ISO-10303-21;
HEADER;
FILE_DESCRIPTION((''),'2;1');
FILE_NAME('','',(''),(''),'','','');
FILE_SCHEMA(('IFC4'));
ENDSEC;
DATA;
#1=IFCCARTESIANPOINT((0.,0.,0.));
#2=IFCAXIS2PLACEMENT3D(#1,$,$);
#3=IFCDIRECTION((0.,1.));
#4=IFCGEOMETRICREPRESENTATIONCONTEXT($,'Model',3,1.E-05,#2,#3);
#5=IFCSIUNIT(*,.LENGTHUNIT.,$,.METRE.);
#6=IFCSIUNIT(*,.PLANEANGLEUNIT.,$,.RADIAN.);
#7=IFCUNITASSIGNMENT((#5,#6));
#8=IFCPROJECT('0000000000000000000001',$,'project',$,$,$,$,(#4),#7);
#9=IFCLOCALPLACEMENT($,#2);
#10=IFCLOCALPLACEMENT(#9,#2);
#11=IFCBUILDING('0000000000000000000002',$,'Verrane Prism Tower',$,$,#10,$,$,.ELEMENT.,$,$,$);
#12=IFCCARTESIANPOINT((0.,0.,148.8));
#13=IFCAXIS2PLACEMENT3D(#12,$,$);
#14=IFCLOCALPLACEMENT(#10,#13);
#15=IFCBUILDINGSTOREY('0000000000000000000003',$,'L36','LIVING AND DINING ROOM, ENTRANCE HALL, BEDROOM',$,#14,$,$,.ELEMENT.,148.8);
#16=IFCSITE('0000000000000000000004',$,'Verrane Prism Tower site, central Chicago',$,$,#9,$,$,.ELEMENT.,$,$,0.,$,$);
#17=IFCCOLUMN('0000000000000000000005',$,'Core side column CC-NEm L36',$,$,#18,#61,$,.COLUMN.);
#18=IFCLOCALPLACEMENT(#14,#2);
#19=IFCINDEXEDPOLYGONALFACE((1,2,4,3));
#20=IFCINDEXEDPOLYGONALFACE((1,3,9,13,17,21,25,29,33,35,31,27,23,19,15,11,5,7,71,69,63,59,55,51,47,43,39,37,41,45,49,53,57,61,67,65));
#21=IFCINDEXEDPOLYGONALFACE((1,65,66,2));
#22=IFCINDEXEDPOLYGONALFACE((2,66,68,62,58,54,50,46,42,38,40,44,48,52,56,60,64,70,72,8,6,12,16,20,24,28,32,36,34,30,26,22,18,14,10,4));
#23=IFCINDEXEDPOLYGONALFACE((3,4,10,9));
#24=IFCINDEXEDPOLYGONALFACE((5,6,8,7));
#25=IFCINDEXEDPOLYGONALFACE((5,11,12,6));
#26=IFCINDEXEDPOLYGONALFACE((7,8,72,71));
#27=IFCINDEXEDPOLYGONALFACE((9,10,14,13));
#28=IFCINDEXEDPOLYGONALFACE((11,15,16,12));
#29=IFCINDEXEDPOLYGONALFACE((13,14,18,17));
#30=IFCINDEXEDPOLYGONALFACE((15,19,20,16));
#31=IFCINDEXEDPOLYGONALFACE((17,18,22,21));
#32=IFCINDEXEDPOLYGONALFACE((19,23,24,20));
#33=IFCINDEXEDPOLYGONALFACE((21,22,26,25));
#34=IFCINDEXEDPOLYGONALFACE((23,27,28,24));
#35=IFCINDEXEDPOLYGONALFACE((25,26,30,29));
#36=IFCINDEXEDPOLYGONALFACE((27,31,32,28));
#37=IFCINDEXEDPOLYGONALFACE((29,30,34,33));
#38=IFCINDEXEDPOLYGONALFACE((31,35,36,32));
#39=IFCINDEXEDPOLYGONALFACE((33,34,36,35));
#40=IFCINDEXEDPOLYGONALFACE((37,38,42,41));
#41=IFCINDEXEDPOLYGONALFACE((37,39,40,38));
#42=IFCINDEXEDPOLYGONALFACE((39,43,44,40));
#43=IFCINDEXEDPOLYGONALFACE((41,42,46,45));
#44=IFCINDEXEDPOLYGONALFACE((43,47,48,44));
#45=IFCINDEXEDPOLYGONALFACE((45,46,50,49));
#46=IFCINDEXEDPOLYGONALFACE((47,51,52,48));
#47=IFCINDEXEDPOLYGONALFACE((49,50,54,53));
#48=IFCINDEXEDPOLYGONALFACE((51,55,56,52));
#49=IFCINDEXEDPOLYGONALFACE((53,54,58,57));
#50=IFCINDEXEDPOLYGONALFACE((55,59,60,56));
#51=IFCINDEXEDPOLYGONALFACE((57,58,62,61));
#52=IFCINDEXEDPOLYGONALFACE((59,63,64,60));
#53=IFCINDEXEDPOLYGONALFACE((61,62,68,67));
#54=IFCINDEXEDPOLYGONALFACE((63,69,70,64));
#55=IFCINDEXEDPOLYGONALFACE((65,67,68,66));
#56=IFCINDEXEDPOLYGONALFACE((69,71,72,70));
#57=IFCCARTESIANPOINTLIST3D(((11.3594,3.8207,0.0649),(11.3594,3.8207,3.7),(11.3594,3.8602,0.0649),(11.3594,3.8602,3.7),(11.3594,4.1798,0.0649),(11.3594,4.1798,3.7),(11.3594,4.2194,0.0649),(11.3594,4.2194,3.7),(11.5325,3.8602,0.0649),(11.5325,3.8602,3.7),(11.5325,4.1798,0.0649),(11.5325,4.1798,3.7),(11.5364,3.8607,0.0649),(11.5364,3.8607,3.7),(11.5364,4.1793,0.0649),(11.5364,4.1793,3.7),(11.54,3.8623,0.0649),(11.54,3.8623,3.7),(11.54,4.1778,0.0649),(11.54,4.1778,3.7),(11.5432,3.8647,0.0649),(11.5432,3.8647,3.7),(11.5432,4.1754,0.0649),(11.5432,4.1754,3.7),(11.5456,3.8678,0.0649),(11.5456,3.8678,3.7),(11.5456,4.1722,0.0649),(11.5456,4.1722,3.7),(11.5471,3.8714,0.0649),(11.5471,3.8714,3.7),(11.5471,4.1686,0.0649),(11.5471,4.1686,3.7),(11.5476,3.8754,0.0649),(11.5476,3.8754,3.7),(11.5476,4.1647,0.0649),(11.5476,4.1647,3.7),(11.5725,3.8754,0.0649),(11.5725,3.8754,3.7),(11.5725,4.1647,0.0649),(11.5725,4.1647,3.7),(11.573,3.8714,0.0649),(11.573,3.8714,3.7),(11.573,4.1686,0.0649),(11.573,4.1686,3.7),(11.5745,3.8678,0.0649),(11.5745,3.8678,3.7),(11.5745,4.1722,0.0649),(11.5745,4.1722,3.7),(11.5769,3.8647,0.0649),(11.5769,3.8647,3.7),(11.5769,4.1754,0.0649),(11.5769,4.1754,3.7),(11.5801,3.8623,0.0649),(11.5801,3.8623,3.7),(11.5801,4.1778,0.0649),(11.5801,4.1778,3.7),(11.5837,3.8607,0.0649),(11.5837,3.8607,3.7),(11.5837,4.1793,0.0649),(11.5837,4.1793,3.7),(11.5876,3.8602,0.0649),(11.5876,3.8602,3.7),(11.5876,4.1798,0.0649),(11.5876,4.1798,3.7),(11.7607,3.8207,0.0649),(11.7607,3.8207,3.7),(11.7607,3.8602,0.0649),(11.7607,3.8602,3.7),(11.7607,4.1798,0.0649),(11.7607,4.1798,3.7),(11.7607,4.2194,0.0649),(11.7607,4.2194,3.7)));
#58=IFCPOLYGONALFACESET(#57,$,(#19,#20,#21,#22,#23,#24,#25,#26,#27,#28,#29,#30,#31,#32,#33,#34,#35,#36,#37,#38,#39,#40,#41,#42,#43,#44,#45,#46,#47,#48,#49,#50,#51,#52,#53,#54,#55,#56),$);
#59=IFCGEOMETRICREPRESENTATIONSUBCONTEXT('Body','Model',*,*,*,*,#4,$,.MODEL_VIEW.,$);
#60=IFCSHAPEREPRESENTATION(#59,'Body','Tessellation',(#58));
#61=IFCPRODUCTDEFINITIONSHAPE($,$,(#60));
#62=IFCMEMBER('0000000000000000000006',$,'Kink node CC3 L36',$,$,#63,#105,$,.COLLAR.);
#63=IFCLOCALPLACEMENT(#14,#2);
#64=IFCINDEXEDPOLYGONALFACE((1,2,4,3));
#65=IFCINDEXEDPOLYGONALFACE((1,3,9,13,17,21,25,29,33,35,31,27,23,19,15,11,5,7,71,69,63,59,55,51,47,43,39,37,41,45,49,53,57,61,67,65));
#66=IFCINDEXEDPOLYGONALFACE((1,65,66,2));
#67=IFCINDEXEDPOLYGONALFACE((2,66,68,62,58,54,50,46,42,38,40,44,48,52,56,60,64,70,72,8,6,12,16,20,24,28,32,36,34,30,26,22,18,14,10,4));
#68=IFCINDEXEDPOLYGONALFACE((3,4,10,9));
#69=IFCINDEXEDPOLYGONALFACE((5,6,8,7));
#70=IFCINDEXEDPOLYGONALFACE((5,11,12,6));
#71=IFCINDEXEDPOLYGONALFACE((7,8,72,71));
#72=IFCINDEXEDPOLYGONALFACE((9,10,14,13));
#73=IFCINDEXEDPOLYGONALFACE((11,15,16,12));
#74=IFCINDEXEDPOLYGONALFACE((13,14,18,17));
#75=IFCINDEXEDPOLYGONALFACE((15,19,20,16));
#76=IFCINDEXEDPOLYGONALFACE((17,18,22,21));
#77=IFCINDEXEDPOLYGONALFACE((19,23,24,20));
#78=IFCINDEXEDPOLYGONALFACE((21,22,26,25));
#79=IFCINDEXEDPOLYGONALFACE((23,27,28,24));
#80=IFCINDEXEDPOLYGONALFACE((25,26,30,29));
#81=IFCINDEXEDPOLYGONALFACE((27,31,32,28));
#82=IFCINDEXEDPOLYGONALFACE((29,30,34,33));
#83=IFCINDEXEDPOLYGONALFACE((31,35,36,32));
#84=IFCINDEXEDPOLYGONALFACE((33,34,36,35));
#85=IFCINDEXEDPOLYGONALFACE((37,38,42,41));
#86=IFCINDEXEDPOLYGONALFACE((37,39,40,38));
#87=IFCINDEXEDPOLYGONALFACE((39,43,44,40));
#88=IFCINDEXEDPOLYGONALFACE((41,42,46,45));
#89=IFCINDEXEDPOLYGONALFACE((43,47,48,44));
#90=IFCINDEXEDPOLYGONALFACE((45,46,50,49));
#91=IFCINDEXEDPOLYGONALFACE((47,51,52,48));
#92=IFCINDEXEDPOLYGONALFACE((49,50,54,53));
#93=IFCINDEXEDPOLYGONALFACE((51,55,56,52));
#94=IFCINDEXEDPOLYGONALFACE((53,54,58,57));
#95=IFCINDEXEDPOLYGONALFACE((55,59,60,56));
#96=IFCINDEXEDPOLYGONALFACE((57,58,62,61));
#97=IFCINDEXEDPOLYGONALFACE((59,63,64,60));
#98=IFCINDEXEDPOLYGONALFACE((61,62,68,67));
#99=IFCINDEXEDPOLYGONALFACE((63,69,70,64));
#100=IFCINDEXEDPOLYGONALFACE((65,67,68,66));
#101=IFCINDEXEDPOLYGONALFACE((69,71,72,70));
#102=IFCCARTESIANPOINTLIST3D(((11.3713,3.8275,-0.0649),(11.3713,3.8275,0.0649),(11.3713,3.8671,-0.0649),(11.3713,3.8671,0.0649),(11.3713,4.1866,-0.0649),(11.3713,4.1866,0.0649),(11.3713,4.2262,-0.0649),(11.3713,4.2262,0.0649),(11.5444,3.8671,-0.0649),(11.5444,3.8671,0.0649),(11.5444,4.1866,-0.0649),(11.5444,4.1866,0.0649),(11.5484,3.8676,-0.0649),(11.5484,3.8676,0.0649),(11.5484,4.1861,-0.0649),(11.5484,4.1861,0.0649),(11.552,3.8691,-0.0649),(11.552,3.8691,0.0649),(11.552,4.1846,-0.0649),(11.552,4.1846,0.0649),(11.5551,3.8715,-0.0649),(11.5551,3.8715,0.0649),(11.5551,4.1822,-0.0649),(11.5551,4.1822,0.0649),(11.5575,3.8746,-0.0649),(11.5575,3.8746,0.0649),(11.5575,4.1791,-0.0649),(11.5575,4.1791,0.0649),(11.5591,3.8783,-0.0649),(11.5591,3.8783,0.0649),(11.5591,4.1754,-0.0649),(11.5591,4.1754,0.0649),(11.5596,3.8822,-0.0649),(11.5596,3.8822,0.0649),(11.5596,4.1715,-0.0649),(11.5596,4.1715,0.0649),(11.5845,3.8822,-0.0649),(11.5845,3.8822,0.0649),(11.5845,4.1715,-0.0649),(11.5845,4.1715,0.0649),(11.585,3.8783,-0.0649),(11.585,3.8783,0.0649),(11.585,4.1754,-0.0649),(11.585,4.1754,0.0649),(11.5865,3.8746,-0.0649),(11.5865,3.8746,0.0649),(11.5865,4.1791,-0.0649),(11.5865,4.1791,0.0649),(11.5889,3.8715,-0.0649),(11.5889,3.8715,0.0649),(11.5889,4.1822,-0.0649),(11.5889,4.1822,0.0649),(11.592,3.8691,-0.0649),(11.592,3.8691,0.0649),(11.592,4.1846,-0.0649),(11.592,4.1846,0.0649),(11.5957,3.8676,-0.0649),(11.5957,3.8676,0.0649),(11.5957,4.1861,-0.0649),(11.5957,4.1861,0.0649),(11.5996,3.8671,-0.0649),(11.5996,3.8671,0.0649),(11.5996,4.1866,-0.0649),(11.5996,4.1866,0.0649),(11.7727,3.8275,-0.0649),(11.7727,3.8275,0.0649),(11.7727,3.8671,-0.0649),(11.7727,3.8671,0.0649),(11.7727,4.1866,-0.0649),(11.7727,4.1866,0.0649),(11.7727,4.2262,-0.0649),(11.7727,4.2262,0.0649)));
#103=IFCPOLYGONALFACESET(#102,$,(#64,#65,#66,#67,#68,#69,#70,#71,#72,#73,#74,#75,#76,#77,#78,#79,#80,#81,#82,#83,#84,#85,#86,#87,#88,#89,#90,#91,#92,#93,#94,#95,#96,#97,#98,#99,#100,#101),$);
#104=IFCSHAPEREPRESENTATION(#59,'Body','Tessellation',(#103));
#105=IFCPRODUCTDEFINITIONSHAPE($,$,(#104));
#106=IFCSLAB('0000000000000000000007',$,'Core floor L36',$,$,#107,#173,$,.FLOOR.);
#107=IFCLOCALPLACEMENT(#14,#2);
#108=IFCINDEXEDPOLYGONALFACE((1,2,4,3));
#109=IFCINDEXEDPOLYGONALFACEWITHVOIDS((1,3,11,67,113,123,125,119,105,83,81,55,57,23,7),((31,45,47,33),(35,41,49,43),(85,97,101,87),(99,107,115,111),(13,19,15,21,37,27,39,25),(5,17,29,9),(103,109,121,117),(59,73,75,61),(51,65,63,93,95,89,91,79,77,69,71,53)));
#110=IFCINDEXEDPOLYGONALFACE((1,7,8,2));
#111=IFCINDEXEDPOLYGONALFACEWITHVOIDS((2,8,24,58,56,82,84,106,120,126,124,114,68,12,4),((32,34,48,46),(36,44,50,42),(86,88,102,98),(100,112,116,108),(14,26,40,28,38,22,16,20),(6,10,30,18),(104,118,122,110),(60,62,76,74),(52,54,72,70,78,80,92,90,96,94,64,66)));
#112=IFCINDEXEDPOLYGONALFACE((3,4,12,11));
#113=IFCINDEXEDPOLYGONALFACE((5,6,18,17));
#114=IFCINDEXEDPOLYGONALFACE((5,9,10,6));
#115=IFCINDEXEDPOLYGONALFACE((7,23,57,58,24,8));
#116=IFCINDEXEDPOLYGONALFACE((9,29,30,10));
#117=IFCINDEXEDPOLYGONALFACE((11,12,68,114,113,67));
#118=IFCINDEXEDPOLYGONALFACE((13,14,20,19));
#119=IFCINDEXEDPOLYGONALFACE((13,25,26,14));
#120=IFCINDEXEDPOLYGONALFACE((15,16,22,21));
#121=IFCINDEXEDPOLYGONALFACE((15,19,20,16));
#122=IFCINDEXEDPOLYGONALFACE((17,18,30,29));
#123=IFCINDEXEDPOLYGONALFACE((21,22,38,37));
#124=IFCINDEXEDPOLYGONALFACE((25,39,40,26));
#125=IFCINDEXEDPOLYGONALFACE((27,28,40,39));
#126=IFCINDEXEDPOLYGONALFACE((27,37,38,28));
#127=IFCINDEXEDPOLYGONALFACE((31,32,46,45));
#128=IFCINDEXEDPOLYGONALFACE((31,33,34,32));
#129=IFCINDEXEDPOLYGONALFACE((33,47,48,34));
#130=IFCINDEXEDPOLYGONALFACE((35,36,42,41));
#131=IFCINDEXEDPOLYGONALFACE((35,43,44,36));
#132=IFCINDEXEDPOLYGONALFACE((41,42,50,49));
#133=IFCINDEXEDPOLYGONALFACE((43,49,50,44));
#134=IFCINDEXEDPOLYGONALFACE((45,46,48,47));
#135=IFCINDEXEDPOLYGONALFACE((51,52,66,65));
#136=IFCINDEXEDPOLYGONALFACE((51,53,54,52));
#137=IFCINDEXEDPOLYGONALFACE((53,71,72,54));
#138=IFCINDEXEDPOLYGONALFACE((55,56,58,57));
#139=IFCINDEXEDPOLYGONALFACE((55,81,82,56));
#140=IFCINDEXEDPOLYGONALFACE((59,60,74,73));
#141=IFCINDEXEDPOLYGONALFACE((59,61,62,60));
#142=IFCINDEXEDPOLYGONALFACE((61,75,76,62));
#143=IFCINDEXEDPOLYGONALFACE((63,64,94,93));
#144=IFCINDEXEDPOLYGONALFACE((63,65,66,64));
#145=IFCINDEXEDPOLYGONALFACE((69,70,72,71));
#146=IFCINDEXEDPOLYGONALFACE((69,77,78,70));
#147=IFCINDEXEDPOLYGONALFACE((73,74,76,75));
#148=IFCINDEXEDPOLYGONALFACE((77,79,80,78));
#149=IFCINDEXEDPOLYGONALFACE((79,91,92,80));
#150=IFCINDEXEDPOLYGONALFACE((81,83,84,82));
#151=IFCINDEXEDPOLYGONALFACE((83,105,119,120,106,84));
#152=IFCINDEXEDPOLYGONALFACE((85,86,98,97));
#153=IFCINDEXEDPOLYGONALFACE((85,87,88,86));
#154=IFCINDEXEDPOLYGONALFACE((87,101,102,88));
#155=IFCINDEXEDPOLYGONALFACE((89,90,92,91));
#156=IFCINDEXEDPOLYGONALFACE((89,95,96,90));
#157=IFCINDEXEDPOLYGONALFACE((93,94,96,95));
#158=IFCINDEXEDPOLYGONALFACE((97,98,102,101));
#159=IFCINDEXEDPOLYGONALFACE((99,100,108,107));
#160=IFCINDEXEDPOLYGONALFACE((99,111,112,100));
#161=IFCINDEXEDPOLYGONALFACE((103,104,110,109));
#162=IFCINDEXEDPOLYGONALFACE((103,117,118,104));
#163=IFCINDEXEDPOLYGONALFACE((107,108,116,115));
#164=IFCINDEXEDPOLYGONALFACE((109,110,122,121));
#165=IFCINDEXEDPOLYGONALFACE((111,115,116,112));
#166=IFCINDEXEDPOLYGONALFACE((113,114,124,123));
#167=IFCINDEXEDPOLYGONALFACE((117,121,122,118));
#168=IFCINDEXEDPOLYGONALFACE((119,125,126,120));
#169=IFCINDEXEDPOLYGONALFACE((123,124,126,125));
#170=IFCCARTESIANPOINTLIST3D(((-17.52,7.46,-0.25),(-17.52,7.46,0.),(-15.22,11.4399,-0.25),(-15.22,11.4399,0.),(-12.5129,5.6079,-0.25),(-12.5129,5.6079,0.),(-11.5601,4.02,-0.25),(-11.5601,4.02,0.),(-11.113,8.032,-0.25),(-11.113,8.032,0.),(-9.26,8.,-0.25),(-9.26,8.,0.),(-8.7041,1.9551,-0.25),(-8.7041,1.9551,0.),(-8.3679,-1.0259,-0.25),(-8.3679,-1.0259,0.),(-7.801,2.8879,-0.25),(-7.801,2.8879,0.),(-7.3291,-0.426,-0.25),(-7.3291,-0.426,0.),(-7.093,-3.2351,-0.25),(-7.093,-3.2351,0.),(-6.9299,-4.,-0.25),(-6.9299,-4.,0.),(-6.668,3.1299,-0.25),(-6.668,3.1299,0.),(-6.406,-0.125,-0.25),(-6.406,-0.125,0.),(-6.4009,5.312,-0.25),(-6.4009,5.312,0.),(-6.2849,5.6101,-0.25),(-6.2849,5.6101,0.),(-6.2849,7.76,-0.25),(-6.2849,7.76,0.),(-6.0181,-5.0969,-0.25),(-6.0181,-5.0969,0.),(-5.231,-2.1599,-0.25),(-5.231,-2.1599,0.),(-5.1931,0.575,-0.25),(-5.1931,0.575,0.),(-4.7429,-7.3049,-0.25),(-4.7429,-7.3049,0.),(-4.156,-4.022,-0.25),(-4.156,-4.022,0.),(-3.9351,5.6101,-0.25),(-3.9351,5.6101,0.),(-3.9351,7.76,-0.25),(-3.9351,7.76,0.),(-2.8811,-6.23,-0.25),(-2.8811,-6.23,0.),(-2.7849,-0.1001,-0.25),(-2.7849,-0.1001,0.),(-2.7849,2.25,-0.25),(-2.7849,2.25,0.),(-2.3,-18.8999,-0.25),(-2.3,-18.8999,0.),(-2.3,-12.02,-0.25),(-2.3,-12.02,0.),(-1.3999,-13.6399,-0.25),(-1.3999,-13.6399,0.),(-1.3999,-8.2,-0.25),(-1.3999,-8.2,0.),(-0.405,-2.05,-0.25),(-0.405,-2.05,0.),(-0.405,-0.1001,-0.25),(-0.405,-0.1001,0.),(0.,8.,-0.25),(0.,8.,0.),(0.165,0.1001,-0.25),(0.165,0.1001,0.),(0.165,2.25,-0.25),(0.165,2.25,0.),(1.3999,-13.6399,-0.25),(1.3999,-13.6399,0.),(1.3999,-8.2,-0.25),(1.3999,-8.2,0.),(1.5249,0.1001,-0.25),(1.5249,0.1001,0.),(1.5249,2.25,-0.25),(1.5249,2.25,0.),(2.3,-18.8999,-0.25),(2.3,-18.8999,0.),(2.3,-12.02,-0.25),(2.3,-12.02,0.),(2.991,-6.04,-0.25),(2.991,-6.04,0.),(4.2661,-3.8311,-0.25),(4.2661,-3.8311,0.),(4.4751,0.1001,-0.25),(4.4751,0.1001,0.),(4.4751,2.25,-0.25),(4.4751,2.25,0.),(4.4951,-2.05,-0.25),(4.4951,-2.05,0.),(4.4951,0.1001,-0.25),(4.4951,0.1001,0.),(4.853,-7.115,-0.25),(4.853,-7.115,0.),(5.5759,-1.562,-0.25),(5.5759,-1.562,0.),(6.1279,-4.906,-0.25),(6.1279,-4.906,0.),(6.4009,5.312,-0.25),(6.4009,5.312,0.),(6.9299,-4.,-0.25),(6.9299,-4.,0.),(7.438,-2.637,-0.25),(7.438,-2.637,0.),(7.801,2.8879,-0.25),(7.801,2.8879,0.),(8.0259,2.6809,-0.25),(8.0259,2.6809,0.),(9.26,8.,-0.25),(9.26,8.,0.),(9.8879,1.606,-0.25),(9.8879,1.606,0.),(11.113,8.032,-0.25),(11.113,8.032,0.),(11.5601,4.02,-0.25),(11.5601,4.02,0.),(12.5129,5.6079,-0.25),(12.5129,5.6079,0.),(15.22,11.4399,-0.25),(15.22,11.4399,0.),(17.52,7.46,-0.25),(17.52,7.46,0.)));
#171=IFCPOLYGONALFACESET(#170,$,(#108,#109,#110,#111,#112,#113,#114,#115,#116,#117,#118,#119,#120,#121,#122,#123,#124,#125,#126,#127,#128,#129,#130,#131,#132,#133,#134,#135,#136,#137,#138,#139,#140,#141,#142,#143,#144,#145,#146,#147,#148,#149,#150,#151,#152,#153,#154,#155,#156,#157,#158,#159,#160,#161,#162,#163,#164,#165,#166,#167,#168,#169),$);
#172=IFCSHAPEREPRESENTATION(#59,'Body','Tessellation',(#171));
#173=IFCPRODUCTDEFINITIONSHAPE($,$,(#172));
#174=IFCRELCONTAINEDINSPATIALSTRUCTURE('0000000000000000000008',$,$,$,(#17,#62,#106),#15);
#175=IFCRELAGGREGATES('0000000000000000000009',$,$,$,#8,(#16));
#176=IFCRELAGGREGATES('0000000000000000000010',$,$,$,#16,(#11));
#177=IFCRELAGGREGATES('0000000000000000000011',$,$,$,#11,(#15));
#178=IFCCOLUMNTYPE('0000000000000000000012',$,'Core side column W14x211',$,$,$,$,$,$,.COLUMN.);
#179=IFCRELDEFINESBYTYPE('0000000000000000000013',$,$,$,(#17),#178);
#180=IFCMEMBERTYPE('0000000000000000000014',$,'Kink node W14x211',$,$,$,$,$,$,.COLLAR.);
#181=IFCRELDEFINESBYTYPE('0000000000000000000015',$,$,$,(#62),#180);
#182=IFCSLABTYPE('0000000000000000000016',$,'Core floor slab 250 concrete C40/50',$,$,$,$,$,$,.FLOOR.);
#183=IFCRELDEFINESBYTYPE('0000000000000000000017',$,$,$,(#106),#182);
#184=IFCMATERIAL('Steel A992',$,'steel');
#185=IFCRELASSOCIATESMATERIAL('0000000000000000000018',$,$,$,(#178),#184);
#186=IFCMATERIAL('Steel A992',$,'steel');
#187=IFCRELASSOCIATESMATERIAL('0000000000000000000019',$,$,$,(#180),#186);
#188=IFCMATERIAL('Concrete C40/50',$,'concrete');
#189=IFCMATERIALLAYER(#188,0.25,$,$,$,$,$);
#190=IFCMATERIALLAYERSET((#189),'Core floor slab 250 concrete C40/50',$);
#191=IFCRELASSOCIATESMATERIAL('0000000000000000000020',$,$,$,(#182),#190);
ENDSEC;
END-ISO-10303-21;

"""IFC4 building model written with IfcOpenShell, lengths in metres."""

from ifc_helpers import new_model, si_unit, direction, frame, origin, origin_2d, place, context, subcontext, project, spatial, polyline, i_section, outline, extrude, material, layer, layer_set, material_profile, profile_set, type_object, element, save


model = new_model("IFC4")

# Units and contexts
model_context = context("Model", 3, precision=1e-05, world=origin(), true_north=direction((0.0, 1.0)))
body_context = subcontext(model_context, "Body", "Model", "MODEL_VIEW")
ifc_project = project(units=[si_unit("LENGTHUNIT", "METRE"), si_unit("PLANEANGLEUNIT", "RADIAN")], contexts=[model_context])

# Site, building, storey
site_placement = place(None, origin())
site = spatial("IfcSite", under=ifc_project, at=site_placement, Name="Verrane Prism Tower site, central Chicago", CompositionType="ELEMENT", RefElevation=0.0)
building_placement = place(site_placement, origin())
building = spatial("IfcBuilding", under=site, at=building_placement, Name="Verrane Prism Tower", CompositionType="ELEMENT")
storey_placement = place(building_placement, frame((0.0, 0.0, 148.8)))
storey = spatial("IfcBuildingStorey", under=building, at=storey_placement, Name="L36", Description="LIVING AND DINING ROOM, ENTRANCE HALL, BEDROOM", CompositionType="ELEMENT", Elevation=148.8)

# Column
ifc_material_1 = material(Name="Steel A992", Category="steel")
ifc_material_profile_1 = material_profile(ifc_material_1, i_section(OverallWidth=0.4014, OverallDepth=0.3987, WebThickness=0.0249, FlangeThickness=0.0396, FilletRadius=0.0151, at=origin_2d()), Name="W14x211")
ifc_profile_set_1 = profile_set([ifc_material_profile_1], Name="Steel A992")
column_type = type_object("IfcColumnType", Name="Core side column W14x211", PredefinedType="COLUMN", material=ifc_profile_set_1)
column_placement = place(storey_placement, frame((11.5601, 4.02, 0.0649), z_axis=(0.0, 0.0, 1.0), x_axis=(1.0, 0.0, 0.0)))
element("IfcColumn", 1, at=column_placement, inside=storey, type_object=column_type, Name="Core side column CC-NEm L36", PredefinedType="COLUMN", context=body_context, shape_type="SweptSolid", body=[
    extrude(i_section(OverallWidth=0.4014, OverallDepth=0.3987, WebThickness=0.0249, FlangeThickness=0.0396, FilletRadius=0.0151, at=origin_2d()), origin(), (0.0, 0.0, 1.0), 3.635),
])

# Member
ifc_material_2 = material(Name="Steel A992", Category="steel")
ifc_material_profile_2 = material_profile(ifc_material_2, i_section(OverallWidth=0.4014, OverallDepth=0.3987, WebThickness=0.0249, FlangeThickness=0.0396, FilletRadius=0.0151, at=origin_2d()), Name="W14x211")
ifc_profile_set_2 = profile_set([ifc_material_profile_2], Name="Steel A992")
member_type = type_object("IfcMemberType", Name="Kink node W14x211", PredefinedType="COLLAR", material=ifc_profile_set_2)
member_placement = place(storey_placement, frame((11.572, 4.0269, -0.0649), z_axis=(0.0, 0.0, 1.0), x_axis=(1.0, 0.0, 0.0)))
element("IfcMember", 2, at=member_placement, inside=storey, type_object=member_type, Name="Kink node CC3 L36", PredefinedType="COLLAR", context=body_context, shape_type="SweptSolid", body=[
    extrude(i_section(OverallWidth=0.4014, OverallDepth=0.3987, WebThickness=0.0249, FlangeThickness=0.0396, FilletRadius=0.0151, at=origin_2d()), origin(), (0.0, 0.0, 1.0), 0.1299),
])

# Slab
ifc_material_3 = material(Name="Concrete C40/50", Category="concrete")
ifc_layer_1 = layer(ifc_material_3, 0.25)
ifc_layer_set_1 = layer_set([ifc_layer_1], Name="Core floor slab 250 concrete C40/50")
slab_type_1 = type_object("IfcSlabType", Name="Core floor slab 250 concrete C40/50", PredefinedType="FLOOR", material=ifc_layer_set_1)
slab_1_placement = place(storey_placement, frame((0.0, 0.0, -0.25)))
element("IfcSlab", 3, at=slab_1_placement, inside=storey, type_object=slab_type_1, Name="Core floor L36", PredefinedType="FLOOR", context=body_context, shape_type="SweptSolid", body=[
    extrude(outline(polyline([(11.5601, 4.02), (17.52, 7.46), (15.22, 11.4399), (9.26, 8.0), (0.0, 8.0), (-9.26, 8.0), (-15.22, 11.4399), (-17.52, 7.46), (-11.5601, 4.02), (-6.9299, -4.0), (-2.3, -12.02), (-2.3, -18.8999), (2.3, -18.8999), (2.3, -12.02), (6.9299, -4.0), (11.5601, 4.02)]), holes=[polyline([(-2.8811, -6.23), (-4.7429, -7.3049), (-6.0181, -5.0969), (-4.156, -4.022), (-2.8811, -6.23)]), polyline([(-7.801, 2.8879), (-12.5129, 5.6079), (-11.113, 8.032), (-6.4009, 5.312), (-7.801, 2.8879)]), polyline([(-6.2849, 5.6101), (-6.2849, 7.76), (-3.9351, 7.76), (-3.9351, 5.6101), (-6.2849, 5.6101)]), polyline([(-1.3999, -8.2), (1.3999, -8.2), (1.3999, -13.6399), (-1.3999, -13.6399), (-1.3999, -8.2)]), polyline([(4.2661, -3.8311), (6.1279, -4.906), (4.853, -7.115), (2.991, -6.04), (4.2661, -3.8311)]), polyline([(9.8879, 1.606), (7.438, -2.637), (5.5759, -1.562), (8.0259, 2.6809), (9.8879, 1.606)]), polyline([(0.165, 0.1001), (1.5249, 0.1001), (1.5249, 2.25), (4.4751, 2.25), (4.4751, 0.1001), (4.4951, 0.1001), (4.4951, -2.05), (-0.405, -2.05), (-0.405, -0.1001), (-2.7849, -0.1001), (-2.7849, 2.25), (0.165, 2.25), (0.165, 0.1001)]), polyline([(6.4009, 5.312), (11.113, 8.032), (12.5129, 5.6079), (7.801, 2.8879), (6.4009, 5.312)]), polyline([(-5.231, -2.1599), (-7.093, -3.2351), (-8.3679, -1.0259), (-7.3291, -0.426), (-8.7041, 1.9551), (-6.668, 3.1299), (-5.1931, 0.575), (-6.406, -0.125), (-5.231, -2.1599)])]), origin(), (0.0, 0.0, 1.0), 0.25),
])

save(model, "model.ifc")
